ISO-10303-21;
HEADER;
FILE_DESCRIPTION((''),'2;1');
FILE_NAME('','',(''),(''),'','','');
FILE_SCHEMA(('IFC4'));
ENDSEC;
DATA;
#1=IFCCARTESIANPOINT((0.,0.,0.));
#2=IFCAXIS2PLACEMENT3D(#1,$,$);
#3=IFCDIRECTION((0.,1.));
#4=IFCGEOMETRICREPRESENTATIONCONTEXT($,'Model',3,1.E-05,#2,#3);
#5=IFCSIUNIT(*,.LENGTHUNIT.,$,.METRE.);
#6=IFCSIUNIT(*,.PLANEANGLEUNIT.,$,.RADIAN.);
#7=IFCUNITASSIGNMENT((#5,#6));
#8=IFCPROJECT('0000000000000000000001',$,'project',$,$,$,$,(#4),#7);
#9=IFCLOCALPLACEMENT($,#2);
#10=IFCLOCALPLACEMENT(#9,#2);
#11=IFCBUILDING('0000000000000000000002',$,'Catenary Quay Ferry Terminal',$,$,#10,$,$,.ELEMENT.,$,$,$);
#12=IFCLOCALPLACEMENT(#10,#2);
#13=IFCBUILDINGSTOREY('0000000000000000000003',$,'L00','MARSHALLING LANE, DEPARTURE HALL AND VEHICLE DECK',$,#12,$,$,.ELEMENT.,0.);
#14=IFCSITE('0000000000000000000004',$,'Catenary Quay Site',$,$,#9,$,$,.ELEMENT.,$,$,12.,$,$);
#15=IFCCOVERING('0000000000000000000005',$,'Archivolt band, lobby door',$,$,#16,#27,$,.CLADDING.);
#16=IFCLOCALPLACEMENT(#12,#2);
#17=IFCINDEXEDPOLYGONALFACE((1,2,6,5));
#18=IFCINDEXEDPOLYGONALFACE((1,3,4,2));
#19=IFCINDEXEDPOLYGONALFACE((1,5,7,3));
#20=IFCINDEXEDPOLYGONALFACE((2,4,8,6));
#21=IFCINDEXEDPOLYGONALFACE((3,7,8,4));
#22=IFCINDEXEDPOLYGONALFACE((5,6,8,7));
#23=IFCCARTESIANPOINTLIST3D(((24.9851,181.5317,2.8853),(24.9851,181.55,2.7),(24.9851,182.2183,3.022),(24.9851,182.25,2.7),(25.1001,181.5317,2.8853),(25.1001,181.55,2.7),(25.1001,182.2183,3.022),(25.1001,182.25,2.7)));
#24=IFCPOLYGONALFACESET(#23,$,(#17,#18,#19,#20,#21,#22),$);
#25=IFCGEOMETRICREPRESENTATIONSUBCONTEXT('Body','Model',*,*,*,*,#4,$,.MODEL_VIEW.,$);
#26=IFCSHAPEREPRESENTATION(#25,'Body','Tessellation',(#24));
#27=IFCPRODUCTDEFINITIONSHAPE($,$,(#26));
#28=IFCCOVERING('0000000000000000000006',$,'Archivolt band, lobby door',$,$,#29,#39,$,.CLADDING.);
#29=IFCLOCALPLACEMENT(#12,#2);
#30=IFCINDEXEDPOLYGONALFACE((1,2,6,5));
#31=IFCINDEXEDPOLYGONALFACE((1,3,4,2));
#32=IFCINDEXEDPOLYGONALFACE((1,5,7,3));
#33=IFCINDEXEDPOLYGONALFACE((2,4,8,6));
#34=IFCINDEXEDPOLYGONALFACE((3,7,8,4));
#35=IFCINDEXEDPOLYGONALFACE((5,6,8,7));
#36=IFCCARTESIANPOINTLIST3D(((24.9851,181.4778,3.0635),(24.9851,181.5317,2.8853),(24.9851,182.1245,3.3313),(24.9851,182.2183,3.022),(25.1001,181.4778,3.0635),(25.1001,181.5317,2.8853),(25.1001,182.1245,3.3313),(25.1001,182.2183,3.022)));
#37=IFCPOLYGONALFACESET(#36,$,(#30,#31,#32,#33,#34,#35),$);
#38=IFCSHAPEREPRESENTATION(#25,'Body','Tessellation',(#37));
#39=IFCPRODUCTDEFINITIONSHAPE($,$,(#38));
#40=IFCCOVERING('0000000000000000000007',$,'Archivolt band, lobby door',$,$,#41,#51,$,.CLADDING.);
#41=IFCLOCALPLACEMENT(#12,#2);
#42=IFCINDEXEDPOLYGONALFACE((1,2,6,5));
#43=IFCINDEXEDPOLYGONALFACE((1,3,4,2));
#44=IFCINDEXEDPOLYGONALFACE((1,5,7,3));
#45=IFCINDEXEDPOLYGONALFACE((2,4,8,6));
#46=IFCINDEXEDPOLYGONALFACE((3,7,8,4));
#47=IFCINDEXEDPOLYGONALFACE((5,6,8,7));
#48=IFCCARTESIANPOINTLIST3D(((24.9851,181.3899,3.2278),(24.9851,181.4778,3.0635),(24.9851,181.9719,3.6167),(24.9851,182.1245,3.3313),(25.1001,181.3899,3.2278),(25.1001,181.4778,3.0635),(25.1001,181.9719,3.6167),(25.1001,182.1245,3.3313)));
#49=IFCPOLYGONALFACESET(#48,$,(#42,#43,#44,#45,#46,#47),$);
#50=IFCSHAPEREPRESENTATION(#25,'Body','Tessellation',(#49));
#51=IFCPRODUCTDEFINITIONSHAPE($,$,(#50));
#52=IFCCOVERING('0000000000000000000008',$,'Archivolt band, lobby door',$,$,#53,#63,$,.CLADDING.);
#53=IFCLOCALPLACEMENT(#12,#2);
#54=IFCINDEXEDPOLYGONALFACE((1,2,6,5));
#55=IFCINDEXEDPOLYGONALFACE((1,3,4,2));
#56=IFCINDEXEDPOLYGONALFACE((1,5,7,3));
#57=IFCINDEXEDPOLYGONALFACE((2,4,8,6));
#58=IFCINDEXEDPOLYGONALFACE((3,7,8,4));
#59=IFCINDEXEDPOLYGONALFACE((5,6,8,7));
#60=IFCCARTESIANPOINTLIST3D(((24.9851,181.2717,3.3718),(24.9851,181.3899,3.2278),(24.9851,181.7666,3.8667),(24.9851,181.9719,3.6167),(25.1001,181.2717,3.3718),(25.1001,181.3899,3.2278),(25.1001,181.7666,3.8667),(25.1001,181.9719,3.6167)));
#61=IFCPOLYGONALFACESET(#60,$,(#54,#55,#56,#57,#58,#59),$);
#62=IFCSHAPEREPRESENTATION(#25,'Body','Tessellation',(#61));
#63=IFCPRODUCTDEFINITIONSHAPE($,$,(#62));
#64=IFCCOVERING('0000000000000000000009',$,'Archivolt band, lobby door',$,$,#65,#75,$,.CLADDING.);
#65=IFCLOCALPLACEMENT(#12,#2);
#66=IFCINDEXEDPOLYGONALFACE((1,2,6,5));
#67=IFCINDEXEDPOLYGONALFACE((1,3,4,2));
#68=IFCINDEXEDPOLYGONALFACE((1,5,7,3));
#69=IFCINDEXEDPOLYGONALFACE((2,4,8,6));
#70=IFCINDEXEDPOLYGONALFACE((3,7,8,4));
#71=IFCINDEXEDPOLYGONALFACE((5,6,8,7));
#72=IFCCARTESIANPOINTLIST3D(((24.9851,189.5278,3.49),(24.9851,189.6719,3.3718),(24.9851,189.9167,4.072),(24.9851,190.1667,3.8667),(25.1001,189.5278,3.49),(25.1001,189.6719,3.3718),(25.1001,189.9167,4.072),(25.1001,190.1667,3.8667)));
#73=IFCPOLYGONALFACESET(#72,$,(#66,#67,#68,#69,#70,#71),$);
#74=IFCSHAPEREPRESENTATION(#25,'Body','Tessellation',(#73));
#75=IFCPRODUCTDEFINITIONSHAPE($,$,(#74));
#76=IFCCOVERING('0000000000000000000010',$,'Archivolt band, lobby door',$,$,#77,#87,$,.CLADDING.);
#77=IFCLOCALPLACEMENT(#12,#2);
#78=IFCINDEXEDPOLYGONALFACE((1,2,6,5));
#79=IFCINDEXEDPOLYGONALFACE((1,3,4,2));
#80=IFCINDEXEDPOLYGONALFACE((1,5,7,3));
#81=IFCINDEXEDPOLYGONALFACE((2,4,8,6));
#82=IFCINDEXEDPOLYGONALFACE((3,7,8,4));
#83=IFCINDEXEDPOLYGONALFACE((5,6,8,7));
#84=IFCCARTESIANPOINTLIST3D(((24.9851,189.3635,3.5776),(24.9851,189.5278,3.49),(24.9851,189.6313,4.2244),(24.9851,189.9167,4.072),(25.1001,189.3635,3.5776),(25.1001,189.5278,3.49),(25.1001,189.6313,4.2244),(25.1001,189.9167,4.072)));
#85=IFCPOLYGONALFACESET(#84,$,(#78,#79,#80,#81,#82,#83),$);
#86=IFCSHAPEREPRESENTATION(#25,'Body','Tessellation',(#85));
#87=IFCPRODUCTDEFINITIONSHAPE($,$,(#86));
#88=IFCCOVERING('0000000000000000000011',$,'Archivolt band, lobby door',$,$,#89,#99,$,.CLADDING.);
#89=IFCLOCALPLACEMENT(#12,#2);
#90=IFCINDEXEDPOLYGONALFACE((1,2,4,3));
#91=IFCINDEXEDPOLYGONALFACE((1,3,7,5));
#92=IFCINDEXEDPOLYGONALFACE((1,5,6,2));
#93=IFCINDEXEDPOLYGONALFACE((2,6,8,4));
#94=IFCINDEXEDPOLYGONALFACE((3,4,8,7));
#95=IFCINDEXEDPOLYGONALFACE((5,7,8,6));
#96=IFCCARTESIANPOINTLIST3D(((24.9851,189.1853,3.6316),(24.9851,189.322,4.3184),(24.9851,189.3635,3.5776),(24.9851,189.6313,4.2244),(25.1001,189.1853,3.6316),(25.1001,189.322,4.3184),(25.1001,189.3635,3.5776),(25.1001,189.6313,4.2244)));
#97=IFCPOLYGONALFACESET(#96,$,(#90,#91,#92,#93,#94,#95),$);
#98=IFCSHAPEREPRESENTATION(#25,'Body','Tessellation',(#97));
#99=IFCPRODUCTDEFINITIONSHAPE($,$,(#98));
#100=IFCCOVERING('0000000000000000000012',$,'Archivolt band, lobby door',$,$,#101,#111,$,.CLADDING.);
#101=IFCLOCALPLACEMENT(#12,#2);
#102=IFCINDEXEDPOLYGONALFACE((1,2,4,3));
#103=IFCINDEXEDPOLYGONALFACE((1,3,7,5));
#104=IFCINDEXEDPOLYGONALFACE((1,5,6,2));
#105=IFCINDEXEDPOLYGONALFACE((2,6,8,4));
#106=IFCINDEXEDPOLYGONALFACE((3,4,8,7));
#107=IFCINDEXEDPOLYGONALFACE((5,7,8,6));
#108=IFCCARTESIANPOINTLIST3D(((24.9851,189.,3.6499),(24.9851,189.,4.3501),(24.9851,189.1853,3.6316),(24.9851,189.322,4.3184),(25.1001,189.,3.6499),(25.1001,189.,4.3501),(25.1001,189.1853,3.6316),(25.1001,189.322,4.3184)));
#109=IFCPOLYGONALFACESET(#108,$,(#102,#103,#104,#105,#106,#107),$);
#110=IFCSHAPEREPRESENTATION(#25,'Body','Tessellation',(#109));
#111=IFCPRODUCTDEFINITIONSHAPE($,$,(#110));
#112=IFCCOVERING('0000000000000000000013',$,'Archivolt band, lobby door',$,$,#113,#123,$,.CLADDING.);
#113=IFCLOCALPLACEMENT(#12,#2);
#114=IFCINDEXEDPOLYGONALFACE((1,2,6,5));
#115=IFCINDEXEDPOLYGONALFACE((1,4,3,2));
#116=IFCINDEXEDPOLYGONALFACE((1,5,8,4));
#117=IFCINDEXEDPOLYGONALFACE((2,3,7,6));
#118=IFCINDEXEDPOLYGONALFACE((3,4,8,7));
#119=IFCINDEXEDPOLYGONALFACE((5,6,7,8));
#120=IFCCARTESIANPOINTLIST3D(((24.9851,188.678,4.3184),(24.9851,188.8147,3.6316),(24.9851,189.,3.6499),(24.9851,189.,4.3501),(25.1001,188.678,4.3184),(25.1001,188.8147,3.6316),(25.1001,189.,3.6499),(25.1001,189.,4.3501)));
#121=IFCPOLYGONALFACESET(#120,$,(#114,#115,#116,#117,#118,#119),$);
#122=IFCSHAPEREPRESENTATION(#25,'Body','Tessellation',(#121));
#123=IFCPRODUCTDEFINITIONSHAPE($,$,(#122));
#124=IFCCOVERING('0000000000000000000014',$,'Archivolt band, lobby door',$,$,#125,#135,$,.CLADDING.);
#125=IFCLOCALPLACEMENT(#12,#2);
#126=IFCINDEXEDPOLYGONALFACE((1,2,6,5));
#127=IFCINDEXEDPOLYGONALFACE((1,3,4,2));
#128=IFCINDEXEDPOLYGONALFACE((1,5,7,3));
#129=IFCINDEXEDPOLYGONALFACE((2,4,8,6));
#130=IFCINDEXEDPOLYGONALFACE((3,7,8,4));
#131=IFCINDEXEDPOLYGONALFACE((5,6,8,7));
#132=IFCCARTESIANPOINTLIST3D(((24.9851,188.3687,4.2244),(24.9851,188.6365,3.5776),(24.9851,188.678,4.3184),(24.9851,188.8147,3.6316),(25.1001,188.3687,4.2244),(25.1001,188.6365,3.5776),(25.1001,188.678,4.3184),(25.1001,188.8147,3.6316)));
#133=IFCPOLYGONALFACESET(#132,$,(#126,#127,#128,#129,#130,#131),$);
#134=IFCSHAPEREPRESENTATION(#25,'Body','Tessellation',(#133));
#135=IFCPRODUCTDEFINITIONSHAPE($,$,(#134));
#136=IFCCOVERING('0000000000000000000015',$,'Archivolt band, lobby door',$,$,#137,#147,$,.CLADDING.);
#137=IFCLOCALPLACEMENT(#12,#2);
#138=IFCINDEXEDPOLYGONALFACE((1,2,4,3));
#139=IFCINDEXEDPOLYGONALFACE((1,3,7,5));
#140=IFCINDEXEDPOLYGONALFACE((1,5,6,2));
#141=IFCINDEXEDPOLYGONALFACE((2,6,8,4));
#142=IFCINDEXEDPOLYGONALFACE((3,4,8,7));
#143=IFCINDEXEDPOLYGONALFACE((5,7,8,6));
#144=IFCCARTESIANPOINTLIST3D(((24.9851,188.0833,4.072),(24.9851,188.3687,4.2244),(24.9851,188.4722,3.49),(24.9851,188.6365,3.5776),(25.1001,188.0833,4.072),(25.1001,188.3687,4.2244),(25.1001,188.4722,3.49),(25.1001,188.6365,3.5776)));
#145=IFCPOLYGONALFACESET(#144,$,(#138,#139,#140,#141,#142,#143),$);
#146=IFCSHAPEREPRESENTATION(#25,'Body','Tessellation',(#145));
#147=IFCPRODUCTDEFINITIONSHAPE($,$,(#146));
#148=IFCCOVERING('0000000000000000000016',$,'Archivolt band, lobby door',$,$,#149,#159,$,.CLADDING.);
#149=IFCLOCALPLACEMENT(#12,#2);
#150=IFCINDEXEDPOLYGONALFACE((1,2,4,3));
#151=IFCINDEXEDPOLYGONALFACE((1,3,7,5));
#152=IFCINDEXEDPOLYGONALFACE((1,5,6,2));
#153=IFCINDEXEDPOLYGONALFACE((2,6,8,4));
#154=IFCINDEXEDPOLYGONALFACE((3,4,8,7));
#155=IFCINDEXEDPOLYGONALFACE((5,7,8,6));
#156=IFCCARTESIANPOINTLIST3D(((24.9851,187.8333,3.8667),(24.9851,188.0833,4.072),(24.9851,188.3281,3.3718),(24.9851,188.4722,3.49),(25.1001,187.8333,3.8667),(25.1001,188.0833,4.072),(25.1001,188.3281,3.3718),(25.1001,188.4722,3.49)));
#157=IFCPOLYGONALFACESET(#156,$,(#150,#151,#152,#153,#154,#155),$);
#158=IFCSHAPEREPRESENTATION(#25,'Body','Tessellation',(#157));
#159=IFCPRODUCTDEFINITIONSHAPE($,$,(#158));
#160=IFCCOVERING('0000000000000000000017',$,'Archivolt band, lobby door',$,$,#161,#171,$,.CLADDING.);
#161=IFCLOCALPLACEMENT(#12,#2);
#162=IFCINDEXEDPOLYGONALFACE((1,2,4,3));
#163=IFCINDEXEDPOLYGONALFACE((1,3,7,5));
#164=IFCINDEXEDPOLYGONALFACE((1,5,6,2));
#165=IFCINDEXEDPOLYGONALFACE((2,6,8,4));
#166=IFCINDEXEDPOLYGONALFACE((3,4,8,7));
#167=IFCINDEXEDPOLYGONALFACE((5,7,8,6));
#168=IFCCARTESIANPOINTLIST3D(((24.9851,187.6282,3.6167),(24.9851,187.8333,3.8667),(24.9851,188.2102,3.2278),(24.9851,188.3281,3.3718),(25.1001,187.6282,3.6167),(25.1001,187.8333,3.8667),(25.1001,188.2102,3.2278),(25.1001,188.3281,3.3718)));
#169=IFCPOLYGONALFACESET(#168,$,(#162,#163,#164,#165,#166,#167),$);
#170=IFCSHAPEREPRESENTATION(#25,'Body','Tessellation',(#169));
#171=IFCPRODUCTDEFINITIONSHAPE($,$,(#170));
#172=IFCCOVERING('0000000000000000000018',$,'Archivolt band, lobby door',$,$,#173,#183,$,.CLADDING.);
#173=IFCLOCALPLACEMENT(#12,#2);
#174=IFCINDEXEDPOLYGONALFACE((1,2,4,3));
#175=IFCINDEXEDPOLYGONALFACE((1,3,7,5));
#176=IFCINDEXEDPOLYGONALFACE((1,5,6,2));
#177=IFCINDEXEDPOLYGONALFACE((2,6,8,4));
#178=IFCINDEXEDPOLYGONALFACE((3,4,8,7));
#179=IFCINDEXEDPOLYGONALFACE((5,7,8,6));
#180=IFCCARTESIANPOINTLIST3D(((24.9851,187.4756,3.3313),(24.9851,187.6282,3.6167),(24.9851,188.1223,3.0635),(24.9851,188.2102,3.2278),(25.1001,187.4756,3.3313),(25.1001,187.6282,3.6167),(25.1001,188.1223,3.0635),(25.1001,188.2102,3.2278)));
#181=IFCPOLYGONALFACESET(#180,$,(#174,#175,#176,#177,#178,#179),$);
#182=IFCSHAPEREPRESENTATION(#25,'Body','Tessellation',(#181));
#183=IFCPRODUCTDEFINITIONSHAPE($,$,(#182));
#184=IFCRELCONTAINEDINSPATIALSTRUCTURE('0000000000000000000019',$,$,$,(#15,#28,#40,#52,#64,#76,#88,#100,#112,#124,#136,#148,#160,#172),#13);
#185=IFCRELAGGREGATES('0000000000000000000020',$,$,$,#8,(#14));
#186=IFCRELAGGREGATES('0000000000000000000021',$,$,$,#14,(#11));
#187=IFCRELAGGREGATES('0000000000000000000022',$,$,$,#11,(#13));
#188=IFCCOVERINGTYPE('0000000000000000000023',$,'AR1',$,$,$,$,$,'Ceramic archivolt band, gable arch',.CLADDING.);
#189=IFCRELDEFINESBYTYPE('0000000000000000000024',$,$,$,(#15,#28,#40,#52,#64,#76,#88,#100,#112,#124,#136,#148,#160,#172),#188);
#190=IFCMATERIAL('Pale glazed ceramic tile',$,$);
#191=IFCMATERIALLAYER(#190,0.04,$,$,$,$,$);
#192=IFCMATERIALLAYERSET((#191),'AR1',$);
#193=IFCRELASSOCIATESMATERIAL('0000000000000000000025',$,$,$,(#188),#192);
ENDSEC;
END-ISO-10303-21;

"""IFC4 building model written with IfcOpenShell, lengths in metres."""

from ifc_helpers import new_model, si_unit, direction, frame, origin, place, context, subcontext, project, spatial, polyline, outline, extrude, material, layer, layer_set, type_object, element, save


model = new_model("IFC4")

# Units and contexts
model_context = context("Model", 3, precision=1e-05, world=origin(), true_north=direction((0.0, 1.0)))
body_context = subcontext(model_context, "Body", "Model", "MODEL_VIEW")
ifc_project = project(units=[si_unit("LENGTHUNIT", "METRE"), si_unit("PLANEANGLEUNIT", "RADIAN")], contexts=[model_context])

# Site, building, storey
site_placement = place(None, origin())
site = spatial("IfcSite", under=ifc_project, at=site_placement, Name="Catenary Quay Site", CompositionType="ELEMENT", RefElevation=12.0)
building_placement = place(site_placement, origin())
building = spatial("IfcBuilding", under=site, at=building_placement, Name="Catenary Quay Ferry Terminal", CompositionType="ELEMENT")
storey_placement = place(building_placement, origin())
storey = spatial("IfcBuildingStorey", under=building, at=storey_placement, Name="L00", Description="MARSHALLING LANE, DEPARTURE HALL AND VEHICLE DECK", CompositionType="ELEMENT", Elevation=0.0)

# Coverings
ifc_material_1 = material(Name="Pale glazed ceramic tile")
ifc_layer_1 = layer(ifc_material_1, 0.04)
ifc_layer_set_1 = layer_set([ifc_layer_1], Name="AR1")
covering_type_1 = type_object("IfcCoveringType", Name="AR1", ElementType="Ceramic archivolt band, gable arch", PredefinedType="CLADDING", material=ifc_layer_set_1)
covering_1_placement = place(storey_placement, frame((25.1001, 182.25, 2.7), z_axis=(1.0, 0.0, 0.0), x_axis=(0.0, -0.098084, 0.995178)))
element("IfcCovering", 1, at=covering_1_placement, inside=storey, type_object=covering_type_1, Name="Archivolt band, lobby door", PredefinedType="CLADDING", context=body_context, shape_type="SweptSolid", body=[
    extrude(outline(polyline([(0.0, 0.0), (0.3236, 0.0), (0.2549, 0.6966), (0.0687, 0.6966), (0.0, 0.0)])), origin(), (0.0, 0.0, -1.0), 0.115),
])
covering_2_placement = place(storey_placement, frame((25.1001, 182.2183, 3.022), z_axis=(1.0, 0.0, 0.0), x_axis=(0.0, -0.290049, 0.957012)))
element("IfcCovering", 2, at=covering_2_placement, inside=storey, type_object=covering_type_1, Name="Archivolt band, lobby door", PredefinedType="CLADDING", context=body_context, shape_type="SweptSolid", body=[
    extrude(outline(polyline([(0.0, 0.0), (0.3232, 0.0), (0.2545, 0.6966), (0.0683, 0.6967), (0.0, 0.0)])), origin(), (0.0, 0.0, -1.0), 0.115),
])
covering_3_placement = place(storey_placement, frame((25.1001, 182.1245, 3.3313), z_axis=(1.0, 0.0, 0.0), x_axis=(0.0, -0.471489, 0.881872)))
element("IfcCovering", 3, at=covering_3_placement, inside=storey, type_object=covering_type_1, Name="Archivolt band, lobby door", PredefinedType="CLADDING", context=body_context, shape_type="SweptSolid", body=[
    extrude(outline(polyline([(0.0, 0.0), (0.3236, 0.0), (0.2551, 0.6966), (0.0687, 0.6966), (0.0, 0.0)])), origin(), (0.0, 0.0, -1.0), 0.115),
])
covering_4_placement = place(storey_placement, frame((25.1001, 181.9719, 3.6167), z_axis=(1.0, 0.0, 0.0), x_axis=(0.0, -0.634675, 0.772779)))
element("IfcCovering", 4, at=covering_4_placement, inside=storey, type_object=covering_type_1, Name="Archivolt band, lobby door", PredefinedType="CLADDING", context=body_context, shape_type="SweptSolid", body=[
    extrude(outline(polyline([(0.0, 0.0), (0.3235, 0.0), (0.2552, 0.6965), (0.0689, 0.6966), (0.0, 0.0)])), origin(), (0.0, 0.0, -1.0), 0.115),
])
covering_5_placement = place(storey_placement, frame((25.1001, 190.1667, 3.8667), z_axis=(1.0, 0.0, 0.0), x_axis=(0.0, -0.772779, 0.634675)))
element("IfcCovering", 5, at=covering_5_placement, inside=storey, type_object=covering_type_1, Name="Archivolt band, lobby door", PredefinedType="CLADDING", context=body_context, shape_type="SweptSolid", body=[
    extrude(outline(polyline([(0.0, 0.0), (0.3235, 0.0), (0.2547, 0.6966), (0.0683, 0.6965), (0.0, 0.0)])), origin(), (0.0, 0.0, -1.0), 0.115),
])
covering_6_placement = place(storey_placement, frame((25.1001, 189.9167, 4.072), z_axis=(1.0, 0.0, 0.0), x_axis=(0.0, -0.882186, 0.470902)))
element("IfcCovering", 6, at=covering_6_placement, inside=storey, type_object=covering_type_1, Name="Archivolt band, lobby door", PredefinedType="CLADDING", context=body_context, shape_type="SweptSolid", body=[
    extrude(outline(polyline([(0.0, 0.0), (0.3235, 0.0), (0.2552, 0.6967), (0.069, 0.6966), (0.0, 0.0)])), origin(), (0.0, 0.0, -1.0), 0.115),
])
covering_7_placement = place(storey_placement, frame((25.1001, 189.6313, 4.2244), z_axis=(1.0, 0.0, 0.0), x_axis=(0.0, -0.956802, 0.290741)))
element("IfcCovering", 7, at=covering_7_placement, inside=storey, type_object=covering_type_1, Name="Archivolt band, lobby door", PredefinedType="CLADDING", context=body_context, shape_type="SweptSolid", body=[
    extrude(outline(polyline([(0.0, 0.0), (0.3233, 0.0), (0.2544, 0.6969), (0.0682, 0.6967), (0.0, 0.0)])), origin(), (0.0, 0.0, -1.0), 0.115),
])
covering_8_placement = place(storey_placement, frame((25.1001, 189.322, 4.3184), z_axis=(1.0, 0.0, 0.0), x_axis=(0.0, -0.995178, 0.098084)))
element("IfcCovering", 8, at=covering_8_placement, inside=storey, type_object=covering_type_1, Name="Archivolt band, lobby door", PredefinedType="CLADDING", context=body_context, shape_type="SweptSolid", body=[
    extrude(outline(polyline([(0.0, 0.0), (0.3236, 0.0), (0.2549, 0.6968), (0.0687, 0.6969), (0.0, 0.0)])), origin(), (0.0, 0.0, -1.0), 0.115),
])
covering_9_placement = place(storey_placement, frame((25.1001, 189.0, 4.3501), z_axis=(1.0, 0.0, 0.0), x_axis=(0.0, -0.995178, -0.098084)))
element("IfcCovering", 9, at=covering_9_placement, inside=storey, type_object=covering_type_1, Name="Archivolt band, lobby door", PredefinedType="CLADDING", context=body_context, shape_type="SweptSolid", body=[
    extrude(outline(polyline([(0.0, 0.0), (0.3236, 0.0), (0.2549, 0.6969), (0.0687, 0.6968), (0.0, 0.0)])), origin(), (0.0, 0.0, -1.0), 0.115),
])
covering_10_placement = place(storey_placement, frame((25.1001, 188.678, 4.3184), z_axis=(1.0, 0.0, 0.0), x_axis=(0.0, -0.956802, -0.290741)))
element("IfcCovering", 10, at=covering_10_placement, inside=storey, type_object=covering_type_1, Name="Archivolt band, lobby door", PredefinedType="CLADDING", context=body_context, shape_type="SweptSolid", body=[
    extrude(outline(polyline([(0.0, 0.0), (0.3233, 0.0), (0.2551, 0.6967), (0.0689, 0.6969), (0.0, 0.0)])), origin(), (0.0, 0.0, -1.0), 0.115),
])
covering_11_placement = place(storey_placement, frame((25.1001, 188.3687, 4.2244), z_axis=(1.0, 0.0, 0.0), x_axis=(0.0, -0.882186, -0.470902)))
element("IfcCovering", 11, at=covering_11_placement, inside=storey, type_object=covering_type_1, Name="Archivolt band, lobby door", PredefinedType="CLADDING", context=body_context, shape_type="SweptSolid", body=[
    extrude(outline(polyline([(0.0, 0.0), (0.3235, 0.0), (0.2545, 0.6966), (0.0683, 0.6967), (0.0, 0.0)])), origin(), (0.0, 0.0, -1.0), 0.115),
])
covering_12_placement = place(storey_placement, frame((25.1001, 188.0833, 4.072), z_axis=(1.0, 0.0, 0.0), x_axis=(0.0, -0.772779, -0.634675)))
element("IfcCovering", 12, at=covering_12_placement, inside=storey, type_object=covering_type_1, Name="Archivolt band, lobby door", PredefinedType="CLADDING", context=body_context, shape_type="SweptSolid", body=[
    extrude(outline(polyline([(0.0, 0.0), (0.3235, 0.0), (0.2552, 0.6965), (0.0689, 0.6966), (0.0, 0.0)])), origin(), (0.0, 0.0, -1.0), 0.115),
])
covering_13_placement = place(storey_placement, frame((25.1001, 187.8333, 3.8667), z_axis=(1.0, 0.0, 0.0), x_axis=(0.0, -0.634224, -0.773149)))
element("IfcCovering", 13, at=covering_13_placement, inside=storey, type_object=covering_type_1, Name="Archivolt band, lobby door", PredefinedType="CLADDING", context=body_context, shape_type="SweptSolid", body=[
    extrude(outline(polyline([(0.0, 0.0), (0.3234, 0.0), (0.2549, 0.6967), (0.0688, 0.6965), (0.0, 0.0)])), origin(), (0.0, 0.0, -1.0), 0.115),
])
covering_14_placement = place(storey_placement, frame((25.1001, 187.6282, 3.6167), z_axis=(1.0, 0.0, 0.0), x_axis=(0.0, -0.471489, -0.881872)))
element("IfcCovering", 14, at=covering_14_placement, inside=storey, type_object=covering_type_1, Name="Archivolt band, lobby door", PredefinedType="CLADDING", context=body_context, shape_type="SweptSolid", body=[
    extrude(outline(polyline([(0.0, 0.0), (0.3236, 0.0), (0.2549, 0.6966), (0.0686, 0.6966), (0.0, 0.0)])), origin(), (0.0, 0.0, -1.0), 0.115),
])

save(model, "model.ifc")
